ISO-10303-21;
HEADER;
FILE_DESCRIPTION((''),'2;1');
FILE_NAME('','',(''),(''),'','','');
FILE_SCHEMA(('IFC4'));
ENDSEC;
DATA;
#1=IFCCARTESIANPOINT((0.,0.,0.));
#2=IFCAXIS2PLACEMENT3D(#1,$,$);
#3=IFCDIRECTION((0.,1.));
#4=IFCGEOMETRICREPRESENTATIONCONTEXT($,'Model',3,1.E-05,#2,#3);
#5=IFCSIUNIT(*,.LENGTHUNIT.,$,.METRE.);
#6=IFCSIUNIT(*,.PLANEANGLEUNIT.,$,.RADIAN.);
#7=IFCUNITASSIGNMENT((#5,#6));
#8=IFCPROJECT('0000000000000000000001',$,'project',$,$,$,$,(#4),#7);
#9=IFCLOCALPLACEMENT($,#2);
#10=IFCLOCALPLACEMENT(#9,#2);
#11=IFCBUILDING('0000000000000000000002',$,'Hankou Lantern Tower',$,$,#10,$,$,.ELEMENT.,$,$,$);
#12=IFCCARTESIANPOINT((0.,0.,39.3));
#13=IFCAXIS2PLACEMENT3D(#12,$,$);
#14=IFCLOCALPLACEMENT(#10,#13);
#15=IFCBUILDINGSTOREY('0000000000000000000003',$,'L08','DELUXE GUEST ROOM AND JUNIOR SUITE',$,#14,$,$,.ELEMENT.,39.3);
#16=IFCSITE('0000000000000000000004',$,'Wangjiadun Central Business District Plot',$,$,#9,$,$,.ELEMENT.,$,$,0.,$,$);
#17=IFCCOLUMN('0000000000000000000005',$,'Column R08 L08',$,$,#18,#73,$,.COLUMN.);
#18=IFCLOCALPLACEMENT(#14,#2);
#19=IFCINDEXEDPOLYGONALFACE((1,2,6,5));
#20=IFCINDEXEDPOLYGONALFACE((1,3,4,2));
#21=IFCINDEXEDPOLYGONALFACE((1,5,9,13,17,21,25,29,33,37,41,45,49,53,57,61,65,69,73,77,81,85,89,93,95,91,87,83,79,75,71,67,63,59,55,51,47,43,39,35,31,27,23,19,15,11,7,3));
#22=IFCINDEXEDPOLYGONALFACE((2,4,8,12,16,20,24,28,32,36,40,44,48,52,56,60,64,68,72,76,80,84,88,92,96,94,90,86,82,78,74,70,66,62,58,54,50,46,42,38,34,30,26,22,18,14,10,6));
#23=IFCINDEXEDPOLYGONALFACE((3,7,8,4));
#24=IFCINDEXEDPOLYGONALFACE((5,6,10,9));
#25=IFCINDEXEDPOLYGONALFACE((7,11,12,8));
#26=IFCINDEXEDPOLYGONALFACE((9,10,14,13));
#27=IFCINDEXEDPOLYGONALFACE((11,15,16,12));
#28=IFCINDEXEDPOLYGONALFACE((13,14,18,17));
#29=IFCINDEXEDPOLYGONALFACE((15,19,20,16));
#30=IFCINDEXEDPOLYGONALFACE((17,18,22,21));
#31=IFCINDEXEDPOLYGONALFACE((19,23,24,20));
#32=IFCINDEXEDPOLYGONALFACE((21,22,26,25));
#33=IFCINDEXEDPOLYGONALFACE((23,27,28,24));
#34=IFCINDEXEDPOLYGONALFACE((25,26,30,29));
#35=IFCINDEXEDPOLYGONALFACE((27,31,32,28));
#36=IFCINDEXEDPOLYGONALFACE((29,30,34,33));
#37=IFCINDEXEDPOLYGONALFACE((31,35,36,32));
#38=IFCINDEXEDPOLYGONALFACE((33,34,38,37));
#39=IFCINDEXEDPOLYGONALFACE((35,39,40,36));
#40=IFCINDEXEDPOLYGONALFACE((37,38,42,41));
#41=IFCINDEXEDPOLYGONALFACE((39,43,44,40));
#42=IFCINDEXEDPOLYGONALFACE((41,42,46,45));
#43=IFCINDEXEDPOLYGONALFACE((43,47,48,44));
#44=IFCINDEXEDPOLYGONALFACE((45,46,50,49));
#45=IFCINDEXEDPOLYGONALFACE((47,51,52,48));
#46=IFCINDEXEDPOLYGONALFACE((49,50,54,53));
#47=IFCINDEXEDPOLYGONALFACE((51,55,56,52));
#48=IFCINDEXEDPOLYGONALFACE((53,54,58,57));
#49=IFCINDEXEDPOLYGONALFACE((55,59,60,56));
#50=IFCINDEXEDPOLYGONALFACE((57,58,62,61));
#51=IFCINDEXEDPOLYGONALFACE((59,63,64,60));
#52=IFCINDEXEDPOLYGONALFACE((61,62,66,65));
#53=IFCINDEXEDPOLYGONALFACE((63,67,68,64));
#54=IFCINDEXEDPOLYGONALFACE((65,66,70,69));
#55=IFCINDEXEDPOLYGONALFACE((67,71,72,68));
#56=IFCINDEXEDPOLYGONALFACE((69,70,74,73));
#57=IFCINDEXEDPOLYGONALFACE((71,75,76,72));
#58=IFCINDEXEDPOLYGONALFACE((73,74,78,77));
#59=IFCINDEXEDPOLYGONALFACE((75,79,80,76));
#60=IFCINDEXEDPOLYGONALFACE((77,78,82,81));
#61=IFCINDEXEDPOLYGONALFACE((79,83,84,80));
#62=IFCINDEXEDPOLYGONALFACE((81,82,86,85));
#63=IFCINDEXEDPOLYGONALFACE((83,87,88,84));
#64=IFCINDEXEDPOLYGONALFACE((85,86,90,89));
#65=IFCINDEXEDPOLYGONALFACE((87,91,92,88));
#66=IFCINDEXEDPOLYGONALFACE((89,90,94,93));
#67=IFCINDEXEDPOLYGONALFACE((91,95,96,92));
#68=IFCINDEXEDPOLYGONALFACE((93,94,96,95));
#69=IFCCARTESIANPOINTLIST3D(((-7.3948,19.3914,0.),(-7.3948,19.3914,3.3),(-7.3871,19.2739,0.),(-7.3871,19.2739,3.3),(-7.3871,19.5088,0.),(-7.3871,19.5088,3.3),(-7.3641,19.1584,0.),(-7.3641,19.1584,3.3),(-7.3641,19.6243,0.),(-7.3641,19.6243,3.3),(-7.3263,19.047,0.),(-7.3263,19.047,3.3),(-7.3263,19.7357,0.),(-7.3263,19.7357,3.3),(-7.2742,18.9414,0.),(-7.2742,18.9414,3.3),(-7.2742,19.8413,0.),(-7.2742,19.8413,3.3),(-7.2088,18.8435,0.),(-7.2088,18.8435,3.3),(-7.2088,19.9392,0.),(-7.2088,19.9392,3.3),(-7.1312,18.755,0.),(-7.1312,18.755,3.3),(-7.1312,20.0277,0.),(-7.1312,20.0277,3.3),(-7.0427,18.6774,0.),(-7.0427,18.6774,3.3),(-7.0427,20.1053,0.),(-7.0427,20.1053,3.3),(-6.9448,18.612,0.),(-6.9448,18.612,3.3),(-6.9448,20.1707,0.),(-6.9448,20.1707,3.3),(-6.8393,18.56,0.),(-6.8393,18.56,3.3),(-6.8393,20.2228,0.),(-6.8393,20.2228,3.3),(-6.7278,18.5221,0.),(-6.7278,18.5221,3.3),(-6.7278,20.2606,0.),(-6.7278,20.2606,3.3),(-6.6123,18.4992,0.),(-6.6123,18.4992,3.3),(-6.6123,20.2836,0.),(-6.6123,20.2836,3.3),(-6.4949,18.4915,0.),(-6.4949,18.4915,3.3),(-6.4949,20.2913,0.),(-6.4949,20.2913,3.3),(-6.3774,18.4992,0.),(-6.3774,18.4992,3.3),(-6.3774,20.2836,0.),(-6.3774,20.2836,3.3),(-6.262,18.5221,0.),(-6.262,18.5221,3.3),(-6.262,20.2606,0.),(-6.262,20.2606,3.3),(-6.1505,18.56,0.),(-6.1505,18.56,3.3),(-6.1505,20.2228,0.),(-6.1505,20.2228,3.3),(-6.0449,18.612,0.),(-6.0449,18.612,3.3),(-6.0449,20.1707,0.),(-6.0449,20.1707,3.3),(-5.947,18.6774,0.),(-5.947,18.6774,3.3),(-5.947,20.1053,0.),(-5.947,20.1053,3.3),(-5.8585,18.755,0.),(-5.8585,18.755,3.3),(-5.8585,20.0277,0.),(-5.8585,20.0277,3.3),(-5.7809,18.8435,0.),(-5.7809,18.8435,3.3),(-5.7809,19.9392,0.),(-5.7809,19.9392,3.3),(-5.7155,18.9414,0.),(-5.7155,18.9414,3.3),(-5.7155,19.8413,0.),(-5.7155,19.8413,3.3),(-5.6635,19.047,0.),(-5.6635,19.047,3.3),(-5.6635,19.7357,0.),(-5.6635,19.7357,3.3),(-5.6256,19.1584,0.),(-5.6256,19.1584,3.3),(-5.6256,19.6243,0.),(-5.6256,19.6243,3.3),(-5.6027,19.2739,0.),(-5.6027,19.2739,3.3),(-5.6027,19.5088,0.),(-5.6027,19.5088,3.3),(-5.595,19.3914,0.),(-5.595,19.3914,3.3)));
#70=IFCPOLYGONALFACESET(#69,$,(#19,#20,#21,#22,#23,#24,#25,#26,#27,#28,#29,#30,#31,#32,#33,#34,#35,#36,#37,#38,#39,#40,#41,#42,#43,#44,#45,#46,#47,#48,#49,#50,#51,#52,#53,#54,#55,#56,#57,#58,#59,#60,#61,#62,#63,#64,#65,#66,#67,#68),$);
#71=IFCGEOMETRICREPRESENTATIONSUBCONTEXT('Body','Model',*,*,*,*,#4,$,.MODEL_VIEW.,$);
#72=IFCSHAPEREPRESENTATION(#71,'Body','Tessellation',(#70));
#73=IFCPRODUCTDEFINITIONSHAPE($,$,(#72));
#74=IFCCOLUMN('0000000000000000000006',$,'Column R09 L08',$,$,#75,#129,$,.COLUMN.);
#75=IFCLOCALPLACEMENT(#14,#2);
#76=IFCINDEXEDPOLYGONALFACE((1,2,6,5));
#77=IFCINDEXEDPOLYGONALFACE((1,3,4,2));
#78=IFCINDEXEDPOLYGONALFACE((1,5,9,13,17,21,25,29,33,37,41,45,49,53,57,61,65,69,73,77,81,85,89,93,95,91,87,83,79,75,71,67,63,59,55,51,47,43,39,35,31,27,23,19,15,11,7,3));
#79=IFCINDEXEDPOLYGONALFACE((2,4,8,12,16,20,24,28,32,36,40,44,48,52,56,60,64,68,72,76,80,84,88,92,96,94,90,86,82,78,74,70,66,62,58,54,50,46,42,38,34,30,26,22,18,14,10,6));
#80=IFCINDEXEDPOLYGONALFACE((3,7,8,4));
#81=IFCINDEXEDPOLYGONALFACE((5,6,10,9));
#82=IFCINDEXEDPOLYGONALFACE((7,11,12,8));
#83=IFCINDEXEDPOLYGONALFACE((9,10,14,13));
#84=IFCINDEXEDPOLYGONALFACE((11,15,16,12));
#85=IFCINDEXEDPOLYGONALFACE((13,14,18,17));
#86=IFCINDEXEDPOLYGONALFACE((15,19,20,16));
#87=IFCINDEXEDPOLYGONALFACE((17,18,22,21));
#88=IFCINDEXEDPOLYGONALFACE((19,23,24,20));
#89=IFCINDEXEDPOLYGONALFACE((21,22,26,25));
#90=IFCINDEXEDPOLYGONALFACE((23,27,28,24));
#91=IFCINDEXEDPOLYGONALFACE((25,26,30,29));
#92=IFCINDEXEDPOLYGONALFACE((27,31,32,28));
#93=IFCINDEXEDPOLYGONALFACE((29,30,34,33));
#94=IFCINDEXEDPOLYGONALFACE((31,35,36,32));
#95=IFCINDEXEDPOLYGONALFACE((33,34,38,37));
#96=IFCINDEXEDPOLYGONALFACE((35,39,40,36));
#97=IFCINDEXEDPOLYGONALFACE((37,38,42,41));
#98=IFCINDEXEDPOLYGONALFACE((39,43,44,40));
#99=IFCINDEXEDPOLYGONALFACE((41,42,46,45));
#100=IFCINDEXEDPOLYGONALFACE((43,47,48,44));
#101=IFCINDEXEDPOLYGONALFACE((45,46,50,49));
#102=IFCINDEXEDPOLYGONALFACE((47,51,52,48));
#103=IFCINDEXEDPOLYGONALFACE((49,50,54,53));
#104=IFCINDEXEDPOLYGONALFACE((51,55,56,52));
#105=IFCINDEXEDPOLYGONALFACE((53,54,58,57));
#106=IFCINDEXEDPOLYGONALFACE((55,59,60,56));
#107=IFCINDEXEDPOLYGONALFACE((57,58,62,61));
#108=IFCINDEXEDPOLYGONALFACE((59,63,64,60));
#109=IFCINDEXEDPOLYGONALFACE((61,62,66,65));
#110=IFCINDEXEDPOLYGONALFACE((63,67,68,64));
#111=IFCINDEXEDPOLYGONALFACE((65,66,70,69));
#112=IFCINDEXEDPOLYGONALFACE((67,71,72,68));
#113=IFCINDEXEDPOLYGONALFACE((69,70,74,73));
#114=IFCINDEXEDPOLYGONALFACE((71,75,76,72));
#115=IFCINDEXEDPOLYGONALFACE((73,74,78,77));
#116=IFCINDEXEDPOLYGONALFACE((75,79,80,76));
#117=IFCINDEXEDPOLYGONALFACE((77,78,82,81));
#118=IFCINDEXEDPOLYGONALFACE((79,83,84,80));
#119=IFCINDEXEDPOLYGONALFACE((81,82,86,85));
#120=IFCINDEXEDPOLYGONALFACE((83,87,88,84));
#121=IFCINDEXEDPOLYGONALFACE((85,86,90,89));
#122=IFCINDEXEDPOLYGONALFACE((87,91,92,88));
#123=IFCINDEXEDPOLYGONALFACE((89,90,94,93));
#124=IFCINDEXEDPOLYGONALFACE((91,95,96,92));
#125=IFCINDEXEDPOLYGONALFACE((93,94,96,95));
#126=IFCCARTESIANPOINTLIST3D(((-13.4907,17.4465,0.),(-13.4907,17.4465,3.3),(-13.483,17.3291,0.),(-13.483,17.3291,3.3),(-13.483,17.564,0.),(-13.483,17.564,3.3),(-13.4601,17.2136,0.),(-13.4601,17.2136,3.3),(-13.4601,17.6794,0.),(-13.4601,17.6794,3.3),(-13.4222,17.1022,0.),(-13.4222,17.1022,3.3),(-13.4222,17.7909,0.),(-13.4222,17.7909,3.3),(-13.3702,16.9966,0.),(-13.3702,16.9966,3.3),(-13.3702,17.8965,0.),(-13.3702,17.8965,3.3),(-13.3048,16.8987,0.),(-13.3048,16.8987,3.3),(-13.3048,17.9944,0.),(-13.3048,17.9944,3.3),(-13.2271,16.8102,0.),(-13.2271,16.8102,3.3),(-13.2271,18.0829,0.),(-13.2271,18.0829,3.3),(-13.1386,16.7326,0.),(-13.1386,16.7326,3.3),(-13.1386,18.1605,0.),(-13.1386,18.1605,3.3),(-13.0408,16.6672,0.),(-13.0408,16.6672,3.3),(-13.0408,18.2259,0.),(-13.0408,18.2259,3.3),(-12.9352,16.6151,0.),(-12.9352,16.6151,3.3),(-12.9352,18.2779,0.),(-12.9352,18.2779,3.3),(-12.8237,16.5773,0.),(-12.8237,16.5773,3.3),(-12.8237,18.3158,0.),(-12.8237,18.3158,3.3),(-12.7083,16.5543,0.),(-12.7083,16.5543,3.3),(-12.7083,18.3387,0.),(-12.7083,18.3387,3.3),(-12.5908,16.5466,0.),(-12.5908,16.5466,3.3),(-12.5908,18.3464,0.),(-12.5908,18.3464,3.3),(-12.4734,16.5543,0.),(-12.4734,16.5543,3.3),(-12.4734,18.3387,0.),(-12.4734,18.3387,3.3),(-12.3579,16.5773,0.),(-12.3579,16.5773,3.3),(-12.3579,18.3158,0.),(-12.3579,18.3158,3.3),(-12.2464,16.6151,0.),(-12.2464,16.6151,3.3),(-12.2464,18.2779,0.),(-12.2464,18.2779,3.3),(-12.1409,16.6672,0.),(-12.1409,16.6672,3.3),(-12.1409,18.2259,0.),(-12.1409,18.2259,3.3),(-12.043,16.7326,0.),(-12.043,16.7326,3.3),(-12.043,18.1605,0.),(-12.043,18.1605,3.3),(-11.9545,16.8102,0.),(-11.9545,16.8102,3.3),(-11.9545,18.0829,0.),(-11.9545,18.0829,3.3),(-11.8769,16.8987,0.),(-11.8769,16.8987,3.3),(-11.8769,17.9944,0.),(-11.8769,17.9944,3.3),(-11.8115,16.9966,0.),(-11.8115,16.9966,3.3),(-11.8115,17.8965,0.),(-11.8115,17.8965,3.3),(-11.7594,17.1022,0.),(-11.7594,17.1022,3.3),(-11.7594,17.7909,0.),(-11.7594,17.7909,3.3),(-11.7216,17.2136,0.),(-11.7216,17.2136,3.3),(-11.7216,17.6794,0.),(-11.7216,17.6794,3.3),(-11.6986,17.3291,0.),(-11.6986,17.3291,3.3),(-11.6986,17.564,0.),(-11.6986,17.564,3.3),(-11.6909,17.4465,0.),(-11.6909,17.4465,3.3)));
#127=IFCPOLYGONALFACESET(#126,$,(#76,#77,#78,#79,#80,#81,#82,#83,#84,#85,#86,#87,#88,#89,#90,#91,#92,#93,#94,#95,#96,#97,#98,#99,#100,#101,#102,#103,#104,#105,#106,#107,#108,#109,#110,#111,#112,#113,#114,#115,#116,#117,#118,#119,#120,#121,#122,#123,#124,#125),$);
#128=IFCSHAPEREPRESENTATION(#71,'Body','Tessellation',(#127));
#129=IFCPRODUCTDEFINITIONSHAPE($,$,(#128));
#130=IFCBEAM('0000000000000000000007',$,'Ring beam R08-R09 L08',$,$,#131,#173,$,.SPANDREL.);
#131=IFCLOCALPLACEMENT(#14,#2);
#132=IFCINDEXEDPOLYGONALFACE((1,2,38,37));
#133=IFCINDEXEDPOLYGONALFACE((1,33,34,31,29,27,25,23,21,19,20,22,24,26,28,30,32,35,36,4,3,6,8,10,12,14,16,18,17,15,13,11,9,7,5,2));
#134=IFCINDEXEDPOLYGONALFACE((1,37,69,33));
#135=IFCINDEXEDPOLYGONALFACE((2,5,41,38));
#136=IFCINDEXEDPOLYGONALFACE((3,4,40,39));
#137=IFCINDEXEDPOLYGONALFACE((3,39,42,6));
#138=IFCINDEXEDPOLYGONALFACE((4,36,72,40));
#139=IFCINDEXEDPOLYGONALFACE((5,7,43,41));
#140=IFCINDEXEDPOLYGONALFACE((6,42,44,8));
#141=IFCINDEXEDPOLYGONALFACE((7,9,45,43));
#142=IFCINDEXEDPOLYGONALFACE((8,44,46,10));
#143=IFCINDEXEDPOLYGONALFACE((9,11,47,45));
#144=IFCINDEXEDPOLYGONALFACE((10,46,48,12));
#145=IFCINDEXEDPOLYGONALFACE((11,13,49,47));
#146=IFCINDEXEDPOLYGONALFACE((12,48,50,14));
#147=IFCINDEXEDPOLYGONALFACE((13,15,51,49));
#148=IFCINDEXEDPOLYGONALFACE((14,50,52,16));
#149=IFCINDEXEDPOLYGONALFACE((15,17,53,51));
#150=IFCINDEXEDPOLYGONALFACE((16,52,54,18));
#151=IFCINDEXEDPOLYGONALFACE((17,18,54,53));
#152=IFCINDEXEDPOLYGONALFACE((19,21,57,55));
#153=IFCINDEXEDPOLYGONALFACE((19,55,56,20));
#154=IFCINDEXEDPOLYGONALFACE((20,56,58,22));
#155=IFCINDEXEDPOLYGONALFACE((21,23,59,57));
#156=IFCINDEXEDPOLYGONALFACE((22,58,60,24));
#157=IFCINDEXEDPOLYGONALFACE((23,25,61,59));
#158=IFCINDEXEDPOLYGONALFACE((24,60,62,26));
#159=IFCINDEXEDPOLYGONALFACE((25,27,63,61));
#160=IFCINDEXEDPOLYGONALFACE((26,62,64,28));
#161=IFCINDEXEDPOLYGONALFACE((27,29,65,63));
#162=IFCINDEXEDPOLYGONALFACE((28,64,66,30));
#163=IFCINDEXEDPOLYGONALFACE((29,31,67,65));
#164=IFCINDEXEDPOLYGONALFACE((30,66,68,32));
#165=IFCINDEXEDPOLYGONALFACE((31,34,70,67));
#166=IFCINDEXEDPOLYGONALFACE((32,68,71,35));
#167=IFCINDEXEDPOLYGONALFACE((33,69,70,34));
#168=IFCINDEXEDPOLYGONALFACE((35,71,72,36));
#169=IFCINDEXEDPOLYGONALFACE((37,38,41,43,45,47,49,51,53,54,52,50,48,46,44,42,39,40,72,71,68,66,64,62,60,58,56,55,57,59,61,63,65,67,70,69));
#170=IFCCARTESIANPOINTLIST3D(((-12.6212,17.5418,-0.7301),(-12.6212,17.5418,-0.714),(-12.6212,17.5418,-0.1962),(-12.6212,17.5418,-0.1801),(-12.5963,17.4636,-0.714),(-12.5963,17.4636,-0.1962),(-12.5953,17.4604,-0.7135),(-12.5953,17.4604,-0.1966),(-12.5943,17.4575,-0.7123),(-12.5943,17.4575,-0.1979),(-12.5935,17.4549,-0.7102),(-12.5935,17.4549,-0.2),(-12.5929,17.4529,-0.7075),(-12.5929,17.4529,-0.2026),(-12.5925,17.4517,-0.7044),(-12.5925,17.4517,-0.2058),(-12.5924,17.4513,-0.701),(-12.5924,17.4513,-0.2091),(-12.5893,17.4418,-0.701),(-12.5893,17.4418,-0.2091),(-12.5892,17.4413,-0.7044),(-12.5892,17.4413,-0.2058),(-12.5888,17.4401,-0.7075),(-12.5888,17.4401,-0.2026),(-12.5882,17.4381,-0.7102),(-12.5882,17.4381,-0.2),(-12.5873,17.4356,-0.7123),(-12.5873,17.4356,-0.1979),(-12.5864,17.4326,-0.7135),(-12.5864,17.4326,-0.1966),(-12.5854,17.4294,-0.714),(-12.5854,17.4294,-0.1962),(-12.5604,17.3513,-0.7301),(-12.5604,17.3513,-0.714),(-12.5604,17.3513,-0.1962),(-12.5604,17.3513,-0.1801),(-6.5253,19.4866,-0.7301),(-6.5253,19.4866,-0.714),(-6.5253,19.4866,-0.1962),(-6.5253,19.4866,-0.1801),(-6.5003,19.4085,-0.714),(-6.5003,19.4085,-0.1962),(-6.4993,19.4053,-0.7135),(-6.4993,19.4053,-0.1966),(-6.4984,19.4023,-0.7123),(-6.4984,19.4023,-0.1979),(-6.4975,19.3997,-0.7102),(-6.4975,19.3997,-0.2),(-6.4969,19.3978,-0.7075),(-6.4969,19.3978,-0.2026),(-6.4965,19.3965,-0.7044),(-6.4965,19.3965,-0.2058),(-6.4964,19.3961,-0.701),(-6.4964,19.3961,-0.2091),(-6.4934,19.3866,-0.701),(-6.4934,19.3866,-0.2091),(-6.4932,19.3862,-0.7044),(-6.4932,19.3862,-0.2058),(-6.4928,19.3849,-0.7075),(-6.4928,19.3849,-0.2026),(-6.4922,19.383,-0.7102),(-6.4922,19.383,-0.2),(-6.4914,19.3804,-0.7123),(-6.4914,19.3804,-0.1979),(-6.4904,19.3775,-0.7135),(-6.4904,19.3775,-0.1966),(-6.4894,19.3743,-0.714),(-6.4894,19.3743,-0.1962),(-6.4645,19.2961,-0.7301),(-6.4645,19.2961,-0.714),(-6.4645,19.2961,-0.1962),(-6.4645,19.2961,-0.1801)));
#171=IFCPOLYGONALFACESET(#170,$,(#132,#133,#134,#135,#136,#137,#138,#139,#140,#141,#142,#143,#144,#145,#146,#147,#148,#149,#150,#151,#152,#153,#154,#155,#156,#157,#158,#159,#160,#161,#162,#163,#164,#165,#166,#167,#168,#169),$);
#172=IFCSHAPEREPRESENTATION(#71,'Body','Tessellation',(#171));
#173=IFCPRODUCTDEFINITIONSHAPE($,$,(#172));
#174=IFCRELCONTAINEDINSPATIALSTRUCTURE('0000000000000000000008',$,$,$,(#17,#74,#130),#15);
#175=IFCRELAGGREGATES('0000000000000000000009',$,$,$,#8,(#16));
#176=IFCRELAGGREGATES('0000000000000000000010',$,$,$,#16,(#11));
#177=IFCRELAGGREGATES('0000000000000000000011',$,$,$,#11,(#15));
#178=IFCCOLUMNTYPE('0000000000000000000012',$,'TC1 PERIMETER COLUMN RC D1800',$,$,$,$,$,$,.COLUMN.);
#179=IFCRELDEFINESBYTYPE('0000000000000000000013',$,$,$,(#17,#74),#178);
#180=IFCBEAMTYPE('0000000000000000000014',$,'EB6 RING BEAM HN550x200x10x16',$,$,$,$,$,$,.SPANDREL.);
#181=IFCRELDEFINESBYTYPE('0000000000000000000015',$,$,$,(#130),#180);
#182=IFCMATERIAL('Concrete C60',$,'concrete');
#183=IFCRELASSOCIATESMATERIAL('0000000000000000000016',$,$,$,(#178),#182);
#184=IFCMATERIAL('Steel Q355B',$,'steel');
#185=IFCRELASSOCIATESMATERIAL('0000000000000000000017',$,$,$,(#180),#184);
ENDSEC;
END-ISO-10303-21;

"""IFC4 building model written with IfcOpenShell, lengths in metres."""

from ifc_helpers import new_model, si_unit, direction, frame, origin, origin_2d, place, context, subcontext, project, spatial, circle, i_section, extrude, material, material_profile, profile_set, type_object, element, save


model = new_model("IFC4")

# Units and contexts
model_context = context("Model", 3, precision=1e-05, world=origin(), true_north=direction((0.0, 1.0)))
body_context = subcontext(model_context, "Body", "Model", "MODEL_VIEW")
ifc_project = project(units=[si_unit("LENGTHUNIT", "METRE"), si_unit("PLANEANGLEUNIT", "RADIAN")], contexts=[model_context])

# Site, building, storey
site_placement = place(None, origin())
site = spatial("IfcSite", under=ifc_project, at=site_placement, Name="Wangjiadun Central Business District Plot", CompositionType="ELEMENT", RefElevation=0.0)
building_placement = place(site_placement, origin())
building = spatial("IfcBuilding", under=site, at=building_placement, Name="Hankou Lantern Tower", CompositionType="ELEMENT")
storey_placement = place(building_placement, frame((0.0, 0.0, 39.3)))
storey = spatial("IfcBuildingStorey", under=building, at=storey_placement, Name="L08", Description="DELUXE GUEST ROOM AND JUNIOR SUITE", CompositionType="ELEMENT", Elevation=39.3)

# Columns
ifc_material_1 = material(Name="Concrete C60", Category="concrete")
ifc_material_profile_1 = material_profile(ifc_material_1, circle(Radius=0.8999, at=origin_2d()), Name="RC D1800")
ifc_profile_set_1 = profile_set([ifc_material_profile_1], Name="Concrete C60")
column_type = type_object("IfcColumnType", Name="TC1 PERIMETER COLUMN RC D1800", PredefinedType="COLUMN", material=ifc_profile_set_1)
for number, where, z_axis, x_axis, name in (
    (1, (-6.4949, 19.3914, 0.0), (0.0, 0.0, 1.0), (1.0, 0.0, 0.0), "Column R08 L08"),
    (2, (-12.5908, 17.4465, 0.0), (0.0, 0.0, 1.0), (1.0, 0.0, 0.0), "Column R09 L08"),
):
    element("IfcColumn", number, at=place(storey_placement, frame(where, z_axis=z_axis, x_axis=x_axis)), inside=storey, type_object=column_type, Name=name, PredefinedType="COLUMN", context=body_context, shape_type="SweptSolid", body=[
        extrude(circle(Radius=0.8999, at=origin_2d()), origin(), (0.0, 0.0, 1.0), 3.3),
    ])

# Beam
ifc_material_2 = material(Name="Steel Q355B", Category="steel")
ifc_material_profile_2 = material_profile(ifc_material_2, i_section(OverallWidth=0.2, OverallDepth=0.55, WebThickness=0.01, FlangeThickness=0.0161, FilletRadius=0.0129, at=origin_2d()), Name="HN550x200x10x16")
ifc_profile_set_2 = profile_set([ifc_material_profile_2], Name="Steel Q355B")
beam_type_1 = type_object("IfcBeamType", Name="EB6 RING BEAM HN550x200x10x16", PredefinedType="SPANDREL", material=ifc_profile_set_2)
beam_1_placement = place(storey_placement, frame((-6.4949, 19.3914, -0.4551), z_axis=(-0.95269, -0.303942, 0.0), x_axis=(0.303942, -0.95269, 0.0)))
element("IfcBeam", 3, at=beam_1_placement, inside=storey, type_object=beam_type_1, Name="Ring beam R08-R09 L08", PredefinedType="SPANDREL", context=body_context, shape_type="SweptSolid", body=[
    extrude(i_section(OverallWidth=0.2, OverallDepth=0.55, WebThickness=0.01, FlangeThickness=0.0161, FilletRadius=0.0129, at=origin_2d()), origin(), (0.0, 0.0, 1.0), 6.3987),
])

save(model, "model.ifc")
